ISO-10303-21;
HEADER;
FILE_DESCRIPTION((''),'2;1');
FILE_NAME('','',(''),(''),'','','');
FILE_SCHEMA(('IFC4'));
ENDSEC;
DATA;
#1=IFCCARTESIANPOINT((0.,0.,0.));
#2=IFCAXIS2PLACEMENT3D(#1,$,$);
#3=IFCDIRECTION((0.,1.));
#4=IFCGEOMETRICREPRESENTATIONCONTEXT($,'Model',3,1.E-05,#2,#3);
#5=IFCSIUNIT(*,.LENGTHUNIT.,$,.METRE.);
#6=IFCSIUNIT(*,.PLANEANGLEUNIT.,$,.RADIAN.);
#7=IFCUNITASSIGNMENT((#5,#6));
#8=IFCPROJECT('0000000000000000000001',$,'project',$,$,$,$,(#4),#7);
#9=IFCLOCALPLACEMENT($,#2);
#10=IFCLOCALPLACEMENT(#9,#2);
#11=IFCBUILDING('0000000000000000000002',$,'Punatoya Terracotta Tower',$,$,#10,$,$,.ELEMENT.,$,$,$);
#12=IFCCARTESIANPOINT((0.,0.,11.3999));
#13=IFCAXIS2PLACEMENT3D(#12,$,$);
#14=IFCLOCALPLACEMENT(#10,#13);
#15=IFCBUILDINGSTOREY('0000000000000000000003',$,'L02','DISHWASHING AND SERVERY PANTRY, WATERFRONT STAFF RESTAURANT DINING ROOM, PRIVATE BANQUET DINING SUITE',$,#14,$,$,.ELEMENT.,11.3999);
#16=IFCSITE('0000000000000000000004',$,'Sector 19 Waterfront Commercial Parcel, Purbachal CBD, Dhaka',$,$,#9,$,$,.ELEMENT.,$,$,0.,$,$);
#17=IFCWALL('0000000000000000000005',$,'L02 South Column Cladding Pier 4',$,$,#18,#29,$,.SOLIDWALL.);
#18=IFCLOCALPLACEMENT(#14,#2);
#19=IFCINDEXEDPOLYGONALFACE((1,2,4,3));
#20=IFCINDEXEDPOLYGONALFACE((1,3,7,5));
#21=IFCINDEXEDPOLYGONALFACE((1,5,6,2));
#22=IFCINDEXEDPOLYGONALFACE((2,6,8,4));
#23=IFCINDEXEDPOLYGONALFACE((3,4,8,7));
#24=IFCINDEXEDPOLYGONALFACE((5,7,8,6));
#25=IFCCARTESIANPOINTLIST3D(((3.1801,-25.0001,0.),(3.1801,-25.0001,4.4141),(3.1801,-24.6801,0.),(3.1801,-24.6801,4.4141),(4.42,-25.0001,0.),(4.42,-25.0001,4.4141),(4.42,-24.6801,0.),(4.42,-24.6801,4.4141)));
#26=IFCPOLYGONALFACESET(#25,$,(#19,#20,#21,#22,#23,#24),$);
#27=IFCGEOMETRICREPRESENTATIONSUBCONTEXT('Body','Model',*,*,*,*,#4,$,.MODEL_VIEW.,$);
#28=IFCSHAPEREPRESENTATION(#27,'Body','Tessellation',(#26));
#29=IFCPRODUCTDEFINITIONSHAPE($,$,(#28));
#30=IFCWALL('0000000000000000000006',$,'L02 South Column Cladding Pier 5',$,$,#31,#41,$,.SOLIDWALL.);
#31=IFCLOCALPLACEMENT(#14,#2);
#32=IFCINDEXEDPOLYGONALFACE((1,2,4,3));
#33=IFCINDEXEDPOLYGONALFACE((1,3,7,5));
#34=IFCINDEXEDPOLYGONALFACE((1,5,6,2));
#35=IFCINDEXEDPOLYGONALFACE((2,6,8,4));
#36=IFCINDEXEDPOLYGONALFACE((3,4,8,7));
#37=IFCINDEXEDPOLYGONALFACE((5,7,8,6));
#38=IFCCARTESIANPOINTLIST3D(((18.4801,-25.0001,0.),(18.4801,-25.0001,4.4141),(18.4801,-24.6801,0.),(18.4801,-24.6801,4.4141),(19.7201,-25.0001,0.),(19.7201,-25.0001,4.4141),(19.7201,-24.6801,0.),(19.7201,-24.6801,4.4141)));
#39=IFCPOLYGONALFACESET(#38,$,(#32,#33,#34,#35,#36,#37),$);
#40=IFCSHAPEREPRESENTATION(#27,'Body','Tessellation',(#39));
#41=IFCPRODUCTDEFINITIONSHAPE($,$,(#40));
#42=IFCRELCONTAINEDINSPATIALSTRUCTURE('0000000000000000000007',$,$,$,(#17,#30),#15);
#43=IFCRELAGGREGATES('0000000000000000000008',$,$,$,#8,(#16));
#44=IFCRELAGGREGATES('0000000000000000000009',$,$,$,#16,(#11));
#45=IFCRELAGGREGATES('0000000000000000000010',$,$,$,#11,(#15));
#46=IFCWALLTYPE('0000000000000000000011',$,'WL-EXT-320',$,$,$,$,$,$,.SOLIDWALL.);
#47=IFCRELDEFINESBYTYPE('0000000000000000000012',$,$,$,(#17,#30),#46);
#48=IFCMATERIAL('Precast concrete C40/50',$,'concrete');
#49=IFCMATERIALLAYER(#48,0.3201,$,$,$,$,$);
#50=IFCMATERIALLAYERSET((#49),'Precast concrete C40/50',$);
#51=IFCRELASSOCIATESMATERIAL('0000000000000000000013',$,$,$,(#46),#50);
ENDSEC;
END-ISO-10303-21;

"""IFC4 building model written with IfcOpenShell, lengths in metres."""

from ifc_helpers import new_model, si_unit, direction, frame, frame_2d, origin, place, context, subcontext, project, spatial, rectangle, extrude, material, layer, layer_set, type_object, element, save


model = new_model("IFC4")

# Units and contexts
model_context = context("Model", 3, precision=1e-05, world=origin(), true_north=direction((0.0, 1.0)))
body_context = subcontext(model_context, "Body", "Model", "MODEL_VIEW")
ifc_project = project(units=[si_unit("LENGTHUNIT", "METRE"), si_unit("PLANEANGLEUNIT", "RADIAN")], contexts=[model_context])

# Site, building, storey
site_placement = place(None, origin())
site = spatial("IfcSite", under=ifc_project, at=site_placement, Name="Sector 19 Waterfront Commercial Parcel, Purbachal CBD, Dhaka", CompositionType="ELEMENT", RefElevation=0.0)
building_placement = place(site_placement, origin())
building = spatial("IfcBuilding", under=site, at=building_placement, Name="Punatoya Terracotta Tower", CompositionType="ELEMENT")
storey_placement = place(building_placement, frame((0.0, 0.0, 11.3999)))
storey = spatial("IfcBuildingStorey", under=building, at=storey_placement, Name="L02", Description="DISHWASHING AND SERVERY PANTRY, WATERFRONT STAFF RESTAURANT DINING ROOM, PRIVATE BANQUET DINING SUITE", CompositionType="ELEMENT", Elevation=11.3999)

# Walls
ifc_material_1 = material(Name="Precast concrete C40/50", Category="concrete")
ifc_layer_1 = layer(ifc_material_1, 0.3201)
ifc_layer_set_1 = layer_set([ifc_layer_1], Name="Precast concrete C40/50")
wall_type = type_object("IfcWallType", Name="WL-EXT-320", PredefinedType="SOLIDWALL", material=ifc_layer_set_1)
for number, where, z_axis, x_axis, name in (
    (1, (3.1799, -24.8401, 0.0), (0.0, 0.0, 1.0), (1.0, 0.0, 0.0), "L02 South Column Cladding Pier 4"),
    (2, (18.48, -24.8401, 0.0), (0.0, 0.0, 1.0), (1.0, 0.0, 0.0), "L02 South Column Cladding Pier 5"),
):
    element("IfcWall", number, at=place(storey_placement, frame(where, z_axis=z_axis, x_axis=x_axis)), inside=storey, type_object=wall_type, Name=name, PredefinedType="SOLIDWALL", context=body_context, shape_type="SweptSolid", body=[
        extrude(rectangle(XDim=1.24, YDim=0.3201, at=frame_2d((0.6201, 0.0))), origin(), (0.0, 0.0, 1.0), 4.4141),
    ])

save(model, "model.ifc")
